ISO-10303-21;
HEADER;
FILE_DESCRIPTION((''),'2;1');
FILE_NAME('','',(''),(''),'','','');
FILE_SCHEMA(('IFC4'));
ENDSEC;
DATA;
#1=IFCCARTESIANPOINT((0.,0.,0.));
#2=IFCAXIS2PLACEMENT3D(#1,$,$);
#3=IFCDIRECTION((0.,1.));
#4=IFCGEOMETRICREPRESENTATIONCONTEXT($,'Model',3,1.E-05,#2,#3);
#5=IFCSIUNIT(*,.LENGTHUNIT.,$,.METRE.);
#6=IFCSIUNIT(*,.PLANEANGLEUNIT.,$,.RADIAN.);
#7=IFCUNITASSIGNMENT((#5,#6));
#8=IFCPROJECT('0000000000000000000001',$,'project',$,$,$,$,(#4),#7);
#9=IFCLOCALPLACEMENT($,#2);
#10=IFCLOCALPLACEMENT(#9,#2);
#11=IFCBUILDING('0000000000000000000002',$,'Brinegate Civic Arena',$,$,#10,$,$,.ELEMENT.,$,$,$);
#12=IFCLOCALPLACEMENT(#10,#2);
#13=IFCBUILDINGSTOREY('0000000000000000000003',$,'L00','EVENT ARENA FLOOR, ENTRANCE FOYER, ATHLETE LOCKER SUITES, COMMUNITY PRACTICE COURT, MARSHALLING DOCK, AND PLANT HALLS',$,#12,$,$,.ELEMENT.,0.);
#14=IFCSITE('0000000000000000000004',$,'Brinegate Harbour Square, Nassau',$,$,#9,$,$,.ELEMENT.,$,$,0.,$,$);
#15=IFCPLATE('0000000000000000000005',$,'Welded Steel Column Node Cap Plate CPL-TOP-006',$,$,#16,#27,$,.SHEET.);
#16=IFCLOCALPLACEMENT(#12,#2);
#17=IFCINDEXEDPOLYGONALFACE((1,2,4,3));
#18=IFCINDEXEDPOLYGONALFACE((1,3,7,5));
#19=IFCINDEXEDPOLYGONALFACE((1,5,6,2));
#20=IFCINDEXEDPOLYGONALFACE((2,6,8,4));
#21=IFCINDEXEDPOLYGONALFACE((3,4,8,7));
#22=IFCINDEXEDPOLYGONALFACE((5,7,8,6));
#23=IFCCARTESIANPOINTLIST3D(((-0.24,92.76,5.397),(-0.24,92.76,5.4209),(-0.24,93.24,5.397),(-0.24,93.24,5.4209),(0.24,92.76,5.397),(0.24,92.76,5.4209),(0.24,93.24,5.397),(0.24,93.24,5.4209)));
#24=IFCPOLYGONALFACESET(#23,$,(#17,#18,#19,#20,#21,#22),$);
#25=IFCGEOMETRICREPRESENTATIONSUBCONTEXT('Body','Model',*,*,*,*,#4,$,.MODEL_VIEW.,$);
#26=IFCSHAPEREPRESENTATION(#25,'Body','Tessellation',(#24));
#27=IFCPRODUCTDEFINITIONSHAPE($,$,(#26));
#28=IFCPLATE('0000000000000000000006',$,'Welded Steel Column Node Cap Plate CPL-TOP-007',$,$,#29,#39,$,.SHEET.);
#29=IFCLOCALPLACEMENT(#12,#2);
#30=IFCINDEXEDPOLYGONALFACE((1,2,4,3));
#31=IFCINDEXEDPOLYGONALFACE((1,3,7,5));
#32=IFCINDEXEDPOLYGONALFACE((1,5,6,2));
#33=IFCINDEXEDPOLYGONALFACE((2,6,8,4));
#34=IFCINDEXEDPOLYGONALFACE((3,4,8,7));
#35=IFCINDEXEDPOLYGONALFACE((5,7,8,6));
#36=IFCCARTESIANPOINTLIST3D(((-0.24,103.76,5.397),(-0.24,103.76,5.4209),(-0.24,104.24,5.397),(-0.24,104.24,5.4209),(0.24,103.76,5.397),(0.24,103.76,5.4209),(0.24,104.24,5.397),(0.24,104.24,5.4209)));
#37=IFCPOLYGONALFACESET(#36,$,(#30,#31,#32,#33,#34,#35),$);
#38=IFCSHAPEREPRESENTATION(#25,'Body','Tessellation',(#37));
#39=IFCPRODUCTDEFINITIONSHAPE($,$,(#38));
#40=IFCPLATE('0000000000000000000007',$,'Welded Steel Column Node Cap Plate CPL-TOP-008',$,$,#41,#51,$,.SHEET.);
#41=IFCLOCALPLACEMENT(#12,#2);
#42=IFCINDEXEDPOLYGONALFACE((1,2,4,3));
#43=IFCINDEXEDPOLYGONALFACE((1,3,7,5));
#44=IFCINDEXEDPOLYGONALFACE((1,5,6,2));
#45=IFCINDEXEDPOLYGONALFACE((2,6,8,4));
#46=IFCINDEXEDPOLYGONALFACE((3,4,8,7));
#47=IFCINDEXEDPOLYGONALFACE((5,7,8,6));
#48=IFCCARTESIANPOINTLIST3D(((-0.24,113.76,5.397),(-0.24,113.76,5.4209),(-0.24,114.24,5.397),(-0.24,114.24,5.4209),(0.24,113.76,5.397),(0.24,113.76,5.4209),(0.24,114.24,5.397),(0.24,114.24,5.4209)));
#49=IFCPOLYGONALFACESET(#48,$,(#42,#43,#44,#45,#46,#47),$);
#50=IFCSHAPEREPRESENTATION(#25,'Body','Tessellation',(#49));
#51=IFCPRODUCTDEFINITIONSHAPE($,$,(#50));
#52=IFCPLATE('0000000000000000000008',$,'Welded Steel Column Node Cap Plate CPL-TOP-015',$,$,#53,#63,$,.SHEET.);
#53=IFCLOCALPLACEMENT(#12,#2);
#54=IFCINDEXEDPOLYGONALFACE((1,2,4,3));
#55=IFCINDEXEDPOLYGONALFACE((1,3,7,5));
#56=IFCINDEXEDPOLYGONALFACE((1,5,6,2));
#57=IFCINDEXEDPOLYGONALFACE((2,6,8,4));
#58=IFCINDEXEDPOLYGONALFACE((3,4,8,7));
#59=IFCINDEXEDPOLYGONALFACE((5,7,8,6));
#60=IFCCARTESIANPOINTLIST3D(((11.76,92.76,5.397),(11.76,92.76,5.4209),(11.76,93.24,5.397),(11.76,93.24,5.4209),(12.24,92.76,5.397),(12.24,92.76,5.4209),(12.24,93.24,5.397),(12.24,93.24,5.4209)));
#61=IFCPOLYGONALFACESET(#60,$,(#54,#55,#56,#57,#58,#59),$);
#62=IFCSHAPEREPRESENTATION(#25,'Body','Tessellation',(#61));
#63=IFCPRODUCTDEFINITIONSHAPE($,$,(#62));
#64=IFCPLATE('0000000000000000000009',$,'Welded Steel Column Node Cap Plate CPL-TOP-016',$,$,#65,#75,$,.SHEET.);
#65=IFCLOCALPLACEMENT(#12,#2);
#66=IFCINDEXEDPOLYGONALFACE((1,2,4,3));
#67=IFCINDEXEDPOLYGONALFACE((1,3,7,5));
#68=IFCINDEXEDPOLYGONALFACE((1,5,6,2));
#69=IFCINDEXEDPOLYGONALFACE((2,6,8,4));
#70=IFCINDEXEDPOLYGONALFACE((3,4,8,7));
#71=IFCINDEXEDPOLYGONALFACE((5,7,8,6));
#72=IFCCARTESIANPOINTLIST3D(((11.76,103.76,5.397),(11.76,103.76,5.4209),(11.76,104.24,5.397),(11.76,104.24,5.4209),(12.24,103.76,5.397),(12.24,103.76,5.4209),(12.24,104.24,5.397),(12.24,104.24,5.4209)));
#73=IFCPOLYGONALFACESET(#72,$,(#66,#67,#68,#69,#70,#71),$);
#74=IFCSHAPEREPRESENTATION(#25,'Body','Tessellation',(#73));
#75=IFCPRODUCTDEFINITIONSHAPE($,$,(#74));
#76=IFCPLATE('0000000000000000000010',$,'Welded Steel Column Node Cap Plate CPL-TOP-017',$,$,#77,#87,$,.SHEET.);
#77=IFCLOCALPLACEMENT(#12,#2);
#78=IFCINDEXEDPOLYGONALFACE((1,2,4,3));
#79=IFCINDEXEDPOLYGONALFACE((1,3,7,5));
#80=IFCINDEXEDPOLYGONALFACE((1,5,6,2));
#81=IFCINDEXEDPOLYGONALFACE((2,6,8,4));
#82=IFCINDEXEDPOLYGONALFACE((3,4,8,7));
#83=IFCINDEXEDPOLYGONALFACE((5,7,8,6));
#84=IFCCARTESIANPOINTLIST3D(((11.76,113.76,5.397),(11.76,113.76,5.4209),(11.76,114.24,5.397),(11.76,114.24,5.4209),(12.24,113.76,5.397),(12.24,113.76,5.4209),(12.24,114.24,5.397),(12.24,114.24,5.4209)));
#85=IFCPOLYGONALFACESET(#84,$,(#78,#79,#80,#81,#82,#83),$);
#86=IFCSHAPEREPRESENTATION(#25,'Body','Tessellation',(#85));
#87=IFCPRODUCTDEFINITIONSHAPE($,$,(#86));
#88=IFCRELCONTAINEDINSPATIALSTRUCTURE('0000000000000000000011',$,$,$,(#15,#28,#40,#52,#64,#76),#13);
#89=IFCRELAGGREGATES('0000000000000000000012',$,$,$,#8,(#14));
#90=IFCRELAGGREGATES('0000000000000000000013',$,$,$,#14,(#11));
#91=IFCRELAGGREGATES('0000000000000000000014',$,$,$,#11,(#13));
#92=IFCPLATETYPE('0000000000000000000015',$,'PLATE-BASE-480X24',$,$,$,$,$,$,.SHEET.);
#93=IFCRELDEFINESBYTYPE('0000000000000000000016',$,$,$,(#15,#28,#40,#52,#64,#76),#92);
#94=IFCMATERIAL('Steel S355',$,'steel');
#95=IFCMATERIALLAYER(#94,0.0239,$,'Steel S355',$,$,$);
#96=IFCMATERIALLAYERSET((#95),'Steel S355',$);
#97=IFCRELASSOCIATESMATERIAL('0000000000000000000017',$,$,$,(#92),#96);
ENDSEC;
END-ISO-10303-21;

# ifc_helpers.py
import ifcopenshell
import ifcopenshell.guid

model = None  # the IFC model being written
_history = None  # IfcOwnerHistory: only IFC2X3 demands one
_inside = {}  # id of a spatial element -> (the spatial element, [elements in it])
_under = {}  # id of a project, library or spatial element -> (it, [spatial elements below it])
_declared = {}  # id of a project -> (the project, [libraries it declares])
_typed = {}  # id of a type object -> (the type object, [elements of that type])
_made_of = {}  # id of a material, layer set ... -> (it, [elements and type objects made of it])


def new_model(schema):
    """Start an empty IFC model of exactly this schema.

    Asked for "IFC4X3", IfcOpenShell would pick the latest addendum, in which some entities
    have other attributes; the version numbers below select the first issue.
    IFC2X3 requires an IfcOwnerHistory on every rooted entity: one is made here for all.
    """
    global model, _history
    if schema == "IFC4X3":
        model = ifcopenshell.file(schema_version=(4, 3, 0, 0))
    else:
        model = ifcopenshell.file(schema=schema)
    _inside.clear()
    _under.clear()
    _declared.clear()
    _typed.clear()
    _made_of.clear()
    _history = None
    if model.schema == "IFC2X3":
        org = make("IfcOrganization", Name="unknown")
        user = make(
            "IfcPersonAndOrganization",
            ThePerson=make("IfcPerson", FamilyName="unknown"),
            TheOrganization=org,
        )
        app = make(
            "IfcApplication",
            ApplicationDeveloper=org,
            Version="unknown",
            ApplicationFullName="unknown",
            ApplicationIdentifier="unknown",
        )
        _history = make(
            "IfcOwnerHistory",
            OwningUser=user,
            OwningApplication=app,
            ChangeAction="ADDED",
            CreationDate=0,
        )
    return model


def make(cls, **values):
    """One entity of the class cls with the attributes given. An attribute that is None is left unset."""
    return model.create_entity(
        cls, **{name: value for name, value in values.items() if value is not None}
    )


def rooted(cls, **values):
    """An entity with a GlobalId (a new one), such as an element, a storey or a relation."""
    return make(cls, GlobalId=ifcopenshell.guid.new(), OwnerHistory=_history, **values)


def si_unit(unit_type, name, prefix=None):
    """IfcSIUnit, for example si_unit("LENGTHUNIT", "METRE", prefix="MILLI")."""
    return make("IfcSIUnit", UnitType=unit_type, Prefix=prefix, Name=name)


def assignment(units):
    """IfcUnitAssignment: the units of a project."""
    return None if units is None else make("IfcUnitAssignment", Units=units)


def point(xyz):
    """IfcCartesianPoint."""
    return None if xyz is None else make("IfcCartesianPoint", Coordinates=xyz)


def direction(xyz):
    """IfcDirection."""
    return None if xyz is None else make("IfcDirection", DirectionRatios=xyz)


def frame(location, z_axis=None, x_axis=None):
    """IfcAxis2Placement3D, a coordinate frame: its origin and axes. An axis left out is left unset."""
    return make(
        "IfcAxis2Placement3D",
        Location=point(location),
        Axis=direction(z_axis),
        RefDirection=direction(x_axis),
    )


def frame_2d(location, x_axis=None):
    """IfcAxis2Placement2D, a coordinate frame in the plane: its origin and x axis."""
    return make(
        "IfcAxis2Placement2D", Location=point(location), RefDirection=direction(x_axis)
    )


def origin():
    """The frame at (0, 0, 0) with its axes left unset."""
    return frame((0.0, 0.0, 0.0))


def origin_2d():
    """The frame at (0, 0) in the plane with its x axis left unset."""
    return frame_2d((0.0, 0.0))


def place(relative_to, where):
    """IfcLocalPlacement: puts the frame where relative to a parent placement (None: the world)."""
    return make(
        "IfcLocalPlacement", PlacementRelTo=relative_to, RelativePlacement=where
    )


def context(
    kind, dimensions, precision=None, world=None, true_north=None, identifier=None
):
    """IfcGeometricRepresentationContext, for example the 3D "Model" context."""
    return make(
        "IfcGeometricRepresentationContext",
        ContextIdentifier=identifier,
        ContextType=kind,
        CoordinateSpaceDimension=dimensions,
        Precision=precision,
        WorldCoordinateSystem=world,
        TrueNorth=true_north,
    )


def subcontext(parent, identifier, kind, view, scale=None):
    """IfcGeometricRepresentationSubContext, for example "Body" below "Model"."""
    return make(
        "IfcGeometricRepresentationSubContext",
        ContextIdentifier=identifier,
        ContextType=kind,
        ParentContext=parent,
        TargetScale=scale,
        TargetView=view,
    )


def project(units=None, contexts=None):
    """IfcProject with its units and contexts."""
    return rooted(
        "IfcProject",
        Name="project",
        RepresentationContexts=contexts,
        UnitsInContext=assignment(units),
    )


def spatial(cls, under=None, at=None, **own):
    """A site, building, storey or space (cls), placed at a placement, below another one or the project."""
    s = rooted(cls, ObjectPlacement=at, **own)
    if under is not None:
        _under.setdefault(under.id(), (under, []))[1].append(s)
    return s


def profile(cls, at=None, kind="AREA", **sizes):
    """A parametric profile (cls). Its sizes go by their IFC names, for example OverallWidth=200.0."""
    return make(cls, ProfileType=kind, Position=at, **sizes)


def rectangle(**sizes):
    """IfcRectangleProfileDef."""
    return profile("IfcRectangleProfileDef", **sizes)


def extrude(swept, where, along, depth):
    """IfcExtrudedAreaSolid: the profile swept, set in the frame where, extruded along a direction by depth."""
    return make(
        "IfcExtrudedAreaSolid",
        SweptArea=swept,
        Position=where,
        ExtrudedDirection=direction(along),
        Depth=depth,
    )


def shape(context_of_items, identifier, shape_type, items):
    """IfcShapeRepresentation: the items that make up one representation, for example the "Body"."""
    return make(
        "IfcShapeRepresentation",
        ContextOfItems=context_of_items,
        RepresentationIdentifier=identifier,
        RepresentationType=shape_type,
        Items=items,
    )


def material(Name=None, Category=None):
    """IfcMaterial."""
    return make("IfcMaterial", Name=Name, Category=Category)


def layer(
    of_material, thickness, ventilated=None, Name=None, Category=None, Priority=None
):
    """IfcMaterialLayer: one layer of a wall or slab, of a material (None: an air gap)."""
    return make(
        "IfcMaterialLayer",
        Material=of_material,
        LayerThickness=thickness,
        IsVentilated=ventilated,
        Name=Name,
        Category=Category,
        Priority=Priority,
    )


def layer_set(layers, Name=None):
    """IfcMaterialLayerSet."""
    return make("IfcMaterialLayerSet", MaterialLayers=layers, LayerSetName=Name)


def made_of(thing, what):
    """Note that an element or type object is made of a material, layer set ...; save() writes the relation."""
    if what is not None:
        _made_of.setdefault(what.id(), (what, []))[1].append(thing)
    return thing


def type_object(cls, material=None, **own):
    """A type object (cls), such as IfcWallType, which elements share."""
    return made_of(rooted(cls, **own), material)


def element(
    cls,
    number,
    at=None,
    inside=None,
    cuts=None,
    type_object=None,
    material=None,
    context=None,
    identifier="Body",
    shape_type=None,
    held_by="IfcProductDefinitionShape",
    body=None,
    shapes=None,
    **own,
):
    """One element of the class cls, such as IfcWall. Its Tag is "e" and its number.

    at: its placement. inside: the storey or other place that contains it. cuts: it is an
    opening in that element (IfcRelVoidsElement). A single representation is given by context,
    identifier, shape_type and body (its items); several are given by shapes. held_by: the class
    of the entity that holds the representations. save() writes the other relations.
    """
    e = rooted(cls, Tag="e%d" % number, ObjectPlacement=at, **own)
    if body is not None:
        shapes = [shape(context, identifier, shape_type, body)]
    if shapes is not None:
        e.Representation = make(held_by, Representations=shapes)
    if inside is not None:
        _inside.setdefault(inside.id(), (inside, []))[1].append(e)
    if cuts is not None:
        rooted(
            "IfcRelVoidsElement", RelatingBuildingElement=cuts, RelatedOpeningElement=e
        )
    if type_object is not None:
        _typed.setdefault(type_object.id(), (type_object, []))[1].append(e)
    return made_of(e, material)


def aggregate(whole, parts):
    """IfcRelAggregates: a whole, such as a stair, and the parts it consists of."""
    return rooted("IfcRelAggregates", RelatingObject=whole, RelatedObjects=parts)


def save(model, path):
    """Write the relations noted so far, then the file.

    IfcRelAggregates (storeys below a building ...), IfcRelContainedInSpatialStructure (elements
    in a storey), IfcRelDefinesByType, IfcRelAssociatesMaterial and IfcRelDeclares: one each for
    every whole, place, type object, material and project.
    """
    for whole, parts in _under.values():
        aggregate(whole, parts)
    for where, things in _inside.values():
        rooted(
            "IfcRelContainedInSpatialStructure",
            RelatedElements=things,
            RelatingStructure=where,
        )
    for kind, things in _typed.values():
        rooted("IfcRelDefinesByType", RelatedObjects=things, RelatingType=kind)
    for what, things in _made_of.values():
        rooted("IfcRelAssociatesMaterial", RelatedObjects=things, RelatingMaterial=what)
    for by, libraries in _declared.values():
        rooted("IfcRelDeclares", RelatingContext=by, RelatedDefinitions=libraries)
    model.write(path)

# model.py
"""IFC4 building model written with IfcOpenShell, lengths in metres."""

from ifc_helpers import new_model, si_unit, direction, frame, origin, origin_2d, place, context, subcontext, project, spatial, rectangle, extrude, material, layer, layer_set, type_object, element, save


model = new_model("IFC4")

# Units and contexts
model_context = context("Model", 3, precision=1e-05, world=origin(), true_north=direction((0.0, 1.0)))
body_context = subcontext(model_context, "Body", "Model", "MODEL_VIEW")
ifc_project = project(units=[si_unit("LENGTHUNIT", "METRE"), si_unit("PLANEANGLEUNIT", "RADIAN")], contexts=[model_context])

# Site, building, storey
site_placement = place(None, origin())
site = spatial("IfcSite", under=ifc_project, at=site_placement, Name="Brinegate Harbour Square, Nassau", CompositionType="ELEMENT", RefElevation=0.0)
building_placement = place(site_placement, origin())
building = spatial("IfcBuilding", under=site, at=building_placement, Name="Brinegate Civic Arena", CompositionType="ELEMENT")
storey_placement = place(building_placement, origin())
storey = spatial("IfcBuildingStorey", under=building, at=storey_placement, Name="L00", Description="EVENT ARENA FLOOR, ENTRANCE FOYER, ATHLETE LOCKER SUITES, COMMUNITY PRACTICE COURT, MARSHALLING DOCK, AND PLANT HALLS", CompositionType="ELEMENT", Elevation=0.0)

# Shared definitions
ifc_material_1 = material(Name="Steel S355", Category="steel")

# Plates
ifc_layer_1 = layer(ifc_material_1, 0.0239, Name="Steel S355")
ifc_layer_set_1 = layer_set([ifc_layer_1], Name="Steel S355")
plate_type = type_object("IfcPlateType", Name="PLATE-BASE-480X24", PredefinedType="SHEET", material=ifc_layer_set_1)
for number, where, z_axis, x_axis, name in (
    (1, (0.0, 93.0, 5.397), (0.0, 0.0, 1.0), (1.0, 0.0, 0.0), "Welded Steel Column Node Cap Plate CPL-TOP-006"),
    (2, (0.0, 104.0, 5.397), (0.0, 0.0, 1.0), (1.0, 0.0, 0.0), "Welded Steel Column Node Cap Plate CPL-TOP-007"),
    (3, (0.0, 114.0, 5.397), (0.0, 0.0, 1.0), (1.0, 0.0, 0.0), "Welded Steel Column Node Cap Plate CPL-TOP-008"),
    (4, (12.0, 93.0, 5.397), (0.0, 0.0, 1.0), (1.0, 0.0, 0.0), "Welded Steel Column Node Cap Plate CPL-TOP-015"),
    (5, (12.0, 104.0, 5.397), (0.0, 0.0, 1.0), (1.0, 0.0, 0.0), "Welded Steel Column Node Cap Plate CPL-TOP-016"),
    (6, (12.0, 114.0, 5.397), (0.0, 0.0, 1.0), (1.0, 0.0, 0.0), "Welded Steel Column Node Cap Plate CPL-TOP-017"),
):
    element("IfcPlate", number, at=place(storey_placement, frame(where, z_axis=z_axis, x_axis=x_axis)), inside=storey, type_object=plate_type, Name=name, PredefinedType="SHEET", context=body_context, shape_type="SweptSolid", body=[
        extrude(rectangle(XDim=0.48, YDim=0.48, at=origin_2d()), origin(), (0.0, 0.0, 1.0), 0.0239),
    ])

save(model, "model.ifc")
